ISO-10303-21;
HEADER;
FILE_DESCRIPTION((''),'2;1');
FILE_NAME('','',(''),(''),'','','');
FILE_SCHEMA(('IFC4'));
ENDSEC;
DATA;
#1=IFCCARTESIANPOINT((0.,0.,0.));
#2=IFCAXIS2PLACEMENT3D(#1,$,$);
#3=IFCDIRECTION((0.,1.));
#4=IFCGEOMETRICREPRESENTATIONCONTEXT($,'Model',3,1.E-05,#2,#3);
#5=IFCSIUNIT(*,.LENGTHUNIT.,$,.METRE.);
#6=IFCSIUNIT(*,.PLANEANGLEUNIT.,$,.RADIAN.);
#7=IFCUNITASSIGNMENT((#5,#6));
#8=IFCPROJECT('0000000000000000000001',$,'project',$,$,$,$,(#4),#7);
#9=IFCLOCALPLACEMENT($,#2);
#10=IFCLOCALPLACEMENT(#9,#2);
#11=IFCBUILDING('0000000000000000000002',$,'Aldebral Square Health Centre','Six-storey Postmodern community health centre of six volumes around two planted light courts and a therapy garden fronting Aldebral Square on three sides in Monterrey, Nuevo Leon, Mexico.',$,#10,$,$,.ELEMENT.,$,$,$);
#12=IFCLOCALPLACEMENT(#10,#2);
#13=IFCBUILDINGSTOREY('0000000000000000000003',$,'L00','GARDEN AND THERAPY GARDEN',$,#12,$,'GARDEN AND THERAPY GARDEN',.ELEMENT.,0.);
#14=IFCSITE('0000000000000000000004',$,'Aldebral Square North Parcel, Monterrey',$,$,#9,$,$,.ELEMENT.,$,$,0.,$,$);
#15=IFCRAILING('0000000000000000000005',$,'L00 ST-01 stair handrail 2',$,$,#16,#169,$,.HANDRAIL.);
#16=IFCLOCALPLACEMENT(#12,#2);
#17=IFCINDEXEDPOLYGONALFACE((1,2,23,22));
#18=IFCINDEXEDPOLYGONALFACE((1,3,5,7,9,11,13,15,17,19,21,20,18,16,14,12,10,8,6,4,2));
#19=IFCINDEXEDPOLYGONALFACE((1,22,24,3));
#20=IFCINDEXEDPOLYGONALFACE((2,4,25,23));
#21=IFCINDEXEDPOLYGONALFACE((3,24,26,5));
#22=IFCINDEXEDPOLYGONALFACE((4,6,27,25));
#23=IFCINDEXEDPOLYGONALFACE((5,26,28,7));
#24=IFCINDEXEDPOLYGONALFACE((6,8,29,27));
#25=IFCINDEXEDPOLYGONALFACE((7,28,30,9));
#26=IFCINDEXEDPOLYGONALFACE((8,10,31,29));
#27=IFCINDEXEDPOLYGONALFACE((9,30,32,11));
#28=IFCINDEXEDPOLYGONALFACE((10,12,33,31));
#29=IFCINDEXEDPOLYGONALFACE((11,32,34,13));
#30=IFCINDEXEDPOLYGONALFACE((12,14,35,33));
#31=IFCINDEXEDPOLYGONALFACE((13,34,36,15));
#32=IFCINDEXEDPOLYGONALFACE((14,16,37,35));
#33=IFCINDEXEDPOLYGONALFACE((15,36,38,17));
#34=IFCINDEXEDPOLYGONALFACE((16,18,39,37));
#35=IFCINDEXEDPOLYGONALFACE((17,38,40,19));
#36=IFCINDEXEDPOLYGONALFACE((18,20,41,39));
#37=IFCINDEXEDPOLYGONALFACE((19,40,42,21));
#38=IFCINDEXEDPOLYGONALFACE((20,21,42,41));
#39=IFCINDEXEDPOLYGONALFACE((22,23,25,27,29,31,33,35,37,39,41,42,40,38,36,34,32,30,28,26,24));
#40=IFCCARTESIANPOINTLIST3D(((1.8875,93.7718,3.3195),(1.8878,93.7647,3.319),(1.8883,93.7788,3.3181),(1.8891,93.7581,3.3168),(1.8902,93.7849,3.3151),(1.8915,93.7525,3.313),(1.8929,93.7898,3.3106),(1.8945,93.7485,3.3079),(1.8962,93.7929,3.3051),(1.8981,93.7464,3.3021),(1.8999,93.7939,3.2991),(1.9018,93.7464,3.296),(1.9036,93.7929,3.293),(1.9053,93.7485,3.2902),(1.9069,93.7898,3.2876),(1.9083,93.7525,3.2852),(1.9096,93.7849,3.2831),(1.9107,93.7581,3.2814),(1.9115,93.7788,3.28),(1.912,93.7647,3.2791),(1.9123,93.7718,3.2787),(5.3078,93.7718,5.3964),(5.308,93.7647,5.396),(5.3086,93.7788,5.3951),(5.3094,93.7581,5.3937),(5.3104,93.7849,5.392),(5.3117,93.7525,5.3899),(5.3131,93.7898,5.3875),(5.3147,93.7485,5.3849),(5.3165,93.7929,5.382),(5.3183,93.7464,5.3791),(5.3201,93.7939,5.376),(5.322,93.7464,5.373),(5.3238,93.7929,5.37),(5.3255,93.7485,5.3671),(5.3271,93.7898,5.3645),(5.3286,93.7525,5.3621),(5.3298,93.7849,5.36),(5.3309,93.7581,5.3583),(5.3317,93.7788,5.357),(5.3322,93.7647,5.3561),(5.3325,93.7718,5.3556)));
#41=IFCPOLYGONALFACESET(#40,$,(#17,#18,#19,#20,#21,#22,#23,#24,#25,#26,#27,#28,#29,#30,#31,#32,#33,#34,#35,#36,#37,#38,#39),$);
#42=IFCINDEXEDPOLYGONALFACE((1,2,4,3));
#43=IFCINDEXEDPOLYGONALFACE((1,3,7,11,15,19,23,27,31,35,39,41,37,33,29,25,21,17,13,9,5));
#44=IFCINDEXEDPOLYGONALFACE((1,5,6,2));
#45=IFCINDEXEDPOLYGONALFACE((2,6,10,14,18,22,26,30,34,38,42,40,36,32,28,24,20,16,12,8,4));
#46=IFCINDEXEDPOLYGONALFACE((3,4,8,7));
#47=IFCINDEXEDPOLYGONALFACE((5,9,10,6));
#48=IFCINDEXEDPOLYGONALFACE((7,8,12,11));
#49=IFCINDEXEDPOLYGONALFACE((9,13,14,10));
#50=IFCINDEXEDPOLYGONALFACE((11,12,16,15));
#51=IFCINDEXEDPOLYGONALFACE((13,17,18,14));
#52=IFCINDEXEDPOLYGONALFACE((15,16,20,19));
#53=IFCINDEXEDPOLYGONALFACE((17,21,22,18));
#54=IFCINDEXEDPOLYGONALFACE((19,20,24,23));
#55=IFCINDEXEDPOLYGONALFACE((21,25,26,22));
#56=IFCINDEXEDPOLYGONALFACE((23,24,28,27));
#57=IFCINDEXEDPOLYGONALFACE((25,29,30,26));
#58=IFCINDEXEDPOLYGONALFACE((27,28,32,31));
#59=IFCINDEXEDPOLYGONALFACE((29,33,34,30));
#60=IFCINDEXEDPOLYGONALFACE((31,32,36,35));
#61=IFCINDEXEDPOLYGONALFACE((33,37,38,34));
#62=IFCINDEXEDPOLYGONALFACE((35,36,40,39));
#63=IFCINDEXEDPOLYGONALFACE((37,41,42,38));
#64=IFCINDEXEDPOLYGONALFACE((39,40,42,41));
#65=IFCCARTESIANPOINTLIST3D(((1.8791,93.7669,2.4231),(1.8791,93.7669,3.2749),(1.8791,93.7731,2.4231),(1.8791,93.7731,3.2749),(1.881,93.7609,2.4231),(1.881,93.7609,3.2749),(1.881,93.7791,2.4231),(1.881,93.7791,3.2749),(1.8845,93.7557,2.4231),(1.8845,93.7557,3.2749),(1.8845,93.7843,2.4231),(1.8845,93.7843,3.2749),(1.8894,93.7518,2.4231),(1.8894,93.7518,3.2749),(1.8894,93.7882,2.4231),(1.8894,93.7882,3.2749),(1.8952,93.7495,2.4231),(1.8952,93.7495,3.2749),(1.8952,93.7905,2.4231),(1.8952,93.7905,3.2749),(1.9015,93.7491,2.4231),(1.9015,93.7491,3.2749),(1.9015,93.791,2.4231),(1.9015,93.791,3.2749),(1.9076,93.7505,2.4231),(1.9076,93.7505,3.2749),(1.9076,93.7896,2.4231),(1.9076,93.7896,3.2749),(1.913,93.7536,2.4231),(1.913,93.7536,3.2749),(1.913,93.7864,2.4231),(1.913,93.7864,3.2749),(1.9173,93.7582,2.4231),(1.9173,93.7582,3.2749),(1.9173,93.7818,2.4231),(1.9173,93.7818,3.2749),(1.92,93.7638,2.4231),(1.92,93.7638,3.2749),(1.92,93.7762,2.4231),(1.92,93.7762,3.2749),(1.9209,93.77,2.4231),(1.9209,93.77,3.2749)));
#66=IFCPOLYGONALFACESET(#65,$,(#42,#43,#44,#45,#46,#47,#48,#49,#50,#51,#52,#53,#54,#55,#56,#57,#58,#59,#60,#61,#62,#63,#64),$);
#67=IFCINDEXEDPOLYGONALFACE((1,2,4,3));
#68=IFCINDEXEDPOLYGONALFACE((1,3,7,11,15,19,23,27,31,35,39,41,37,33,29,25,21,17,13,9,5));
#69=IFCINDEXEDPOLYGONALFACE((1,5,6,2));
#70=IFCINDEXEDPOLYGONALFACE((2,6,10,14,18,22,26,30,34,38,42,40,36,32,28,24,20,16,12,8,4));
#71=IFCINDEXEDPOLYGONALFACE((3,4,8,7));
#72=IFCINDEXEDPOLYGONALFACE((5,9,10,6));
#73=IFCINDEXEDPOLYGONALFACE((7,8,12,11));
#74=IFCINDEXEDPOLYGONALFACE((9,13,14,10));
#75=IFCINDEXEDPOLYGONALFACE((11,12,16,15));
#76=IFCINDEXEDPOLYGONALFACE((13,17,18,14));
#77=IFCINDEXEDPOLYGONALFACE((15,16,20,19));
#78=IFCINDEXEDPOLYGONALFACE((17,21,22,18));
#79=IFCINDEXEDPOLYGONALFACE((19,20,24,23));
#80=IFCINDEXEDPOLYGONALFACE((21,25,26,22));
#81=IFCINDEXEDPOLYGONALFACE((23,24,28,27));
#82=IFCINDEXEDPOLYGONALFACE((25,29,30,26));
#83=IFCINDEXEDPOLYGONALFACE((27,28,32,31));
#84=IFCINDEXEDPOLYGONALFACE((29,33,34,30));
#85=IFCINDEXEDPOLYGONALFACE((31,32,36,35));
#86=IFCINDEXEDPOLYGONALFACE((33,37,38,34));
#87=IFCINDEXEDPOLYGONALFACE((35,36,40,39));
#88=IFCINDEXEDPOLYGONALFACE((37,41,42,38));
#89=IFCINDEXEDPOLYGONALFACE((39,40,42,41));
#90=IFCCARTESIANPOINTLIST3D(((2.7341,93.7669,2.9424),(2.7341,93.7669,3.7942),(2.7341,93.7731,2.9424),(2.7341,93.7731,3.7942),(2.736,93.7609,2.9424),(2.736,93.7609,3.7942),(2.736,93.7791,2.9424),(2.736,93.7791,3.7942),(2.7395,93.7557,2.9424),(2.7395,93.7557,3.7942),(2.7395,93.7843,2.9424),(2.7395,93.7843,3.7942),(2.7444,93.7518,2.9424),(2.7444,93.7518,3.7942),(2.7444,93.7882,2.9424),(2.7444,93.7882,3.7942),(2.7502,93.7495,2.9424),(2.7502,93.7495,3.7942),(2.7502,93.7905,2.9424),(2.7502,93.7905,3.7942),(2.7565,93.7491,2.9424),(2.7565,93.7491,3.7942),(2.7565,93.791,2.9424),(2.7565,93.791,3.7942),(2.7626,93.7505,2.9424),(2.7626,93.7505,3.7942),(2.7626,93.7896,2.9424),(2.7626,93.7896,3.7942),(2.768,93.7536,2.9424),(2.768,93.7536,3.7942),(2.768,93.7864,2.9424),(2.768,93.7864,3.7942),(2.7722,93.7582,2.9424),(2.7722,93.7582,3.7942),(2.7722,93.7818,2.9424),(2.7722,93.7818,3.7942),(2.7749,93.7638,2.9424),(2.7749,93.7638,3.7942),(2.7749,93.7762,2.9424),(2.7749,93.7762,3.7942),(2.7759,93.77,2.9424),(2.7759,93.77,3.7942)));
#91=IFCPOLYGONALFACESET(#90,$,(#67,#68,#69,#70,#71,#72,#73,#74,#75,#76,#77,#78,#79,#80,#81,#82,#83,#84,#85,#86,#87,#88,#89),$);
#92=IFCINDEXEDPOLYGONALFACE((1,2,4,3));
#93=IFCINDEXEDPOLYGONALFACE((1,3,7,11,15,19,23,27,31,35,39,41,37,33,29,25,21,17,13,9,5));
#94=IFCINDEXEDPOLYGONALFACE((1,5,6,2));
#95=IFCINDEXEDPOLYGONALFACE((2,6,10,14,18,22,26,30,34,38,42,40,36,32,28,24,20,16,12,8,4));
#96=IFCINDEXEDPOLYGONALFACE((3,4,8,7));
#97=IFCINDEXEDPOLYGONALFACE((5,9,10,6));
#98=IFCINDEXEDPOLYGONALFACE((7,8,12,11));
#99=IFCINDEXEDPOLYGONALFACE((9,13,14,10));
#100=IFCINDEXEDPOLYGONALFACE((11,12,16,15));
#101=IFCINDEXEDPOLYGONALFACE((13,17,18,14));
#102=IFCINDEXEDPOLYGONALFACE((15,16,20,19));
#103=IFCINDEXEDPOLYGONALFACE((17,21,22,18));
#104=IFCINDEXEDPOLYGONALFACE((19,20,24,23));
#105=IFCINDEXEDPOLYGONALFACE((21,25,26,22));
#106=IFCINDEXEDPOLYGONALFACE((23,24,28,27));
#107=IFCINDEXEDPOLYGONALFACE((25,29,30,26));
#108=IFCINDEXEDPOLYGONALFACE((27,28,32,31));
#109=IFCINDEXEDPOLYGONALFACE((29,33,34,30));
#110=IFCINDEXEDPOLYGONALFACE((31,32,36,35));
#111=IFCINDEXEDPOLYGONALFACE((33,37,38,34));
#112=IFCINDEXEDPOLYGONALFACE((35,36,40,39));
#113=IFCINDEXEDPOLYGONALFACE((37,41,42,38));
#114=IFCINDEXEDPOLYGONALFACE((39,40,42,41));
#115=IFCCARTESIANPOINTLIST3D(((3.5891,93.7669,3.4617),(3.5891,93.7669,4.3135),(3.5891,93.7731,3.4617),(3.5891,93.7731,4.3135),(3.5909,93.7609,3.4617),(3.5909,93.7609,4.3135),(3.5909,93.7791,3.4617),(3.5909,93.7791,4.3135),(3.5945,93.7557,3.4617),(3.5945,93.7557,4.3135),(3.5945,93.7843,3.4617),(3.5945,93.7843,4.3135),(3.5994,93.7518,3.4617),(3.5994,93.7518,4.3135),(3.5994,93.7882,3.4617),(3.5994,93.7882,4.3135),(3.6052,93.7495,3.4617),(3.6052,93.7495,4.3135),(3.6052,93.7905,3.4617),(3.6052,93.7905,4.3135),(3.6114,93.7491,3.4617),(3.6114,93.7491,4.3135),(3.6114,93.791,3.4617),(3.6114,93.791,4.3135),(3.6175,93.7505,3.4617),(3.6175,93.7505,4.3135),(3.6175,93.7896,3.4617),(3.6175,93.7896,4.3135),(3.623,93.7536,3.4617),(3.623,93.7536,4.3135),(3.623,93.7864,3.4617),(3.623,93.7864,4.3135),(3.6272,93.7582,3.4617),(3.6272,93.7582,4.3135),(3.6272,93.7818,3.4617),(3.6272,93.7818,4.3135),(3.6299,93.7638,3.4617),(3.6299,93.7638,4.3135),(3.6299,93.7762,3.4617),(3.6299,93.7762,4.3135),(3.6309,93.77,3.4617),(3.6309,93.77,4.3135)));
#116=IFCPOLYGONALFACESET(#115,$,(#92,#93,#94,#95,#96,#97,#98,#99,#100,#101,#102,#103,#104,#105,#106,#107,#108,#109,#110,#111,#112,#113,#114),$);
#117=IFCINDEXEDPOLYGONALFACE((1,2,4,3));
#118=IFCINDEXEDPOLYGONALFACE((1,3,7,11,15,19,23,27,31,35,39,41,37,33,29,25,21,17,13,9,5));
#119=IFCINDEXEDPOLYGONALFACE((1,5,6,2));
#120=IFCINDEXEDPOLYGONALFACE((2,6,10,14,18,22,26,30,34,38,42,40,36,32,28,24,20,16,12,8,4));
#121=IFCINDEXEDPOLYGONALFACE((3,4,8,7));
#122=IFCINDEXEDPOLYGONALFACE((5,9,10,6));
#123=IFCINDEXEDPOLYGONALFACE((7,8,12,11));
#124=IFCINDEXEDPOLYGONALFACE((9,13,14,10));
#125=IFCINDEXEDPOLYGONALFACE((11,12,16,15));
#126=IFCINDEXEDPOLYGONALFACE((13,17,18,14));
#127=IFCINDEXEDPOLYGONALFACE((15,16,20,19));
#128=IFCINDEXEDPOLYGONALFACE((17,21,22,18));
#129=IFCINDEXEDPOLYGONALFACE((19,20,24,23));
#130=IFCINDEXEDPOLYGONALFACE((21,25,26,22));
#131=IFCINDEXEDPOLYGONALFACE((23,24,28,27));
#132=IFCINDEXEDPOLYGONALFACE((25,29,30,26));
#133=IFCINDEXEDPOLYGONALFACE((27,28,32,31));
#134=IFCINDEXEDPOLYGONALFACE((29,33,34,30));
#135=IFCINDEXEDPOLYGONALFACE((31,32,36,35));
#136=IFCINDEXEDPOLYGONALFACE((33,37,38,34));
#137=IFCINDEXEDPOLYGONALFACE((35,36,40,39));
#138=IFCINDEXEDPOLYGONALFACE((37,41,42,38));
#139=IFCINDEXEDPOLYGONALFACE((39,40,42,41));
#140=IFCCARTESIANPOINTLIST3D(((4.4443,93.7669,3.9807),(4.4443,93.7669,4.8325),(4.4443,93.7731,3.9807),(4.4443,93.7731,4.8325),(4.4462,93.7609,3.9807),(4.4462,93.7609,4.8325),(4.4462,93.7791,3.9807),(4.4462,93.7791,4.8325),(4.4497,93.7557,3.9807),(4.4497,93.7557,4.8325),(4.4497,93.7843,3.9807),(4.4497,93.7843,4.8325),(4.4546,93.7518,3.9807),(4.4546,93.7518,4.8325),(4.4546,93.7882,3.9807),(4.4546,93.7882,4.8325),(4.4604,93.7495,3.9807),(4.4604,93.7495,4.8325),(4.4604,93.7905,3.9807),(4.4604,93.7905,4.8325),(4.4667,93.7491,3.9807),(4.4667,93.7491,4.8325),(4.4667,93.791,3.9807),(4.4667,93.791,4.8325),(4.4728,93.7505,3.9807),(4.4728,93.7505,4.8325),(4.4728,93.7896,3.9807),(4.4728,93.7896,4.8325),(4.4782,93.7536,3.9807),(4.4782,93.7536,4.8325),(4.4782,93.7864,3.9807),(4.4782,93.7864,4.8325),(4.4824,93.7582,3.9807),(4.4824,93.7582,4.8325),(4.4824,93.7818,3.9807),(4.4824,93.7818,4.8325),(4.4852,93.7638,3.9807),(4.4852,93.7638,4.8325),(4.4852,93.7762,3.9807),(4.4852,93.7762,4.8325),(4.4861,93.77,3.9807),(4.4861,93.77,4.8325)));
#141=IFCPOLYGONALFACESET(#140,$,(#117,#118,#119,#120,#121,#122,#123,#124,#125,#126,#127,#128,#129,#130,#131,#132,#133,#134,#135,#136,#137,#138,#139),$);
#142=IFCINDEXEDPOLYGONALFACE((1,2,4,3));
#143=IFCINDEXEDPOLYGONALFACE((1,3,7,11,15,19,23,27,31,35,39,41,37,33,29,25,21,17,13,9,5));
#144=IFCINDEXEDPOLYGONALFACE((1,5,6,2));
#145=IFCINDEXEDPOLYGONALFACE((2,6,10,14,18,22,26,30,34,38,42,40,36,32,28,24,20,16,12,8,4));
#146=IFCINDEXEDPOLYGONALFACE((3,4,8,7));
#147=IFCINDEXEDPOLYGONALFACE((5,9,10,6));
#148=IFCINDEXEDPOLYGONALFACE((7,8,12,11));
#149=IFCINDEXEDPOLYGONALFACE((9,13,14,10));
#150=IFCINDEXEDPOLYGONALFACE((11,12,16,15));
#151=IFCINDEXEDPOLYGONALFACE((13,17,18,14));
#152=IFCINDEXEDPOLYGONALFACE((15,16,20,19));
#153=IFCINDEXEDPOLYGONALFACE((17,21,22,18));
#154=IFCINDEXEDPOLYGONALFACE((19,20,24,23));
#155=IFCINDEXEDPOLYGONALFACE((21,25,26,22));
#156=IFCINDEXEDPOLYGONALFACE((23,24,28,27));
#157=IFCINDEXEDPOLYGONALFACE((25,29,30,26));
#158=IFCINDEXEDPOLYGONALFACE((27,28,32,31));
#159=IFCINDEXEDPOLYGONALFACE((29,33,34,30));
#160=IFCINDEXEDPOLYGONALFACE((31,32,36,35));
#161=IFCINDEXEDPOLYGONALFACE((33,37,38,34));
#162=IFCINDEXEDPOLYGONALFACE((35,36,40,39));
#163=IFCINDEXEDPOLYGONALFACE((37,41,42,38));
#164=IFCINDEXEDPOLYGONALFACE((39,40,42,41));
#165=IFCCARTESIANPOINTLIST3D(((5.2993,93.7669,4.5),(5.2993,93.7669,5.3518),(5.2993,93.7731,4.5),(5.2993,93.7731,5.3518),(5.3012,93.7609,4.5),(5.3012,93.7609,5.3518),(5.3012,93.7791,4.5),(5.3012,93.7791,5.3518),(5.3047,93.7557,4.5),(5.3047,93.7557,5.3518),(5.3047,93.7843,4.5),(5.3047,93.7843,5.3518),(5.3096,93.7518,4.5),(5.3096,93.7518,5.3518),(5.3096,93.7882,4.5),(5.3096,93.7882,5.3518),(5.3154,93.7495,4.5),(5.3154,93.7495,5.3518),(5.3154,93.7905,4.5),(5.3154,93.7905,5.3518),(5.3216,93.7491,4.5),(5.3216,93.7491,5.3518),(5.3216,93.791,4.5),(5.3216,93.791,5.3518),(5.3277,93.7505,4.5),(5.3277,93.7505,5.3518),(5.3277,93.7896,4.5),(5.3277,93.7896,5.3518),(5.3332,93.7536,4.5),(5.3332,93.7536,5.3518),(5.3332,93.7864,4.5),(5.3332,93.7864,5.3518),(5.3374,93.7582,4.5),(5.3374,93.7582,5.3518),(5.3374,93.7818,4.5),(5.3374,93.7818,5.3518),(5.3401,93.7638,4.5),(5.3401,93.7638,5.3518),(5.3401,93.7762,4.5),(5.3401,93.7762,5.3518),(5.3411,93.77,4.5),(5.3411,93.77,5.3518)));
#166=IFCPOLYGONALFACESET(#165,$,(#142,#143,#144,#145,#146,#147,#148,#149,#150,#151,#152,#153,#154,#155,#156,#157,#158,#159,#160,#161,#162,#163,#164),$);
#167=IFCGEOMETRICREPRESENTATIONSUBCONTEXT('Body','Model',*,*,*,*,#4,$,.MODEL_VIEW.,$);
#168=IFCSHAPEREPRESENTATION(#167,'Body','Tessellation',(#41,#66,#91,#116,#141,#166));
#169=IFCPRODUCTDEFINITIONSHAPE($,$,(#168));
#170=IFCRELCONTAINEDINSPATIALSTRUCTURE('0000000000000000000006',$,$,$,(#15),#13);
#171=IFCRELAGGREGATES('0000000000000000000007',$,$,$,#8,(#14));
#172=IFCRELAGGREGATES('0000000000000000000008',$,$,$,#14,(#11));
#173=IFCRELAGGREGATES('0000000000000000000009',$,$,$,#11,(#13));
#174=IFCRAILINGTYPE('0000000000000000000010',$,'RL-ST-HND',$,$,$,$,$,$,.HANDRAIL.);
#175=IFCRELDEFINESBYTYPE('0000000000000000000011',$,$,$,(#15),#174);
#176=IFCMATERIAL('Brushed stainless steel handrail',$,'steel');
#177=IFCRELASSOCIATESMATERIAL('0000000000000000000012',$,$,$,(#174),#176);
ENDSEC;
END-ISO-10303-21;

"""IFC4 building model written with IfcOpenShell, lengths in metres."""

from ifc_helpers import new_model, si_unit, direction, frame, origin, origin_2d, place, context, subcontext, project, spatial, circle, extrude, material, type_object, element, save


model = new_model("IFC4")

# Units and contexts
model_context = context("Model", 3, precision=1e-05, world=origin(), true_north=direction((0.0, 1.0)))
body_context = subcontext(model_context, "Body", "Model", "MODEL_VIEW")
ifc_project = project(units=[si_unit("LENGTHUNIT", "METRE"), si_unit("PLANEANGLEUNIT", "RADIAN")], contexts=[model_context])

# Site, building, storey
site_placement = place(None, origin())
site = spatial("IfcSite", under=ifc_project, at=site_placement, Name="Aldebral Square North Parcel, Monterrey", CompositionType="ELEMENT", RefElevation=0.0)
building_placement = place(site_placement, origin())
building = spatial("IfcBuilding", under=site, at=building_placement, Name="Aldebral Square Health Centre", Description="Six-storey Postmodern community health centre of six volumes around two planted light courts and a therapy garden fronting Aldebral Square on three sides in Monterrey, Nuevo Leon, Mexico.", CompositionType="ELEMENT")
storey_placement = place(building_placement, origin())
storey = spatial("IfcBuildingStorey", under=building, at=storey_placement, Name="L00", Description="GARDEN AND THERAPY GARDEN", LongName="GARDEN AND THERAPY GARDEN", CompositionType="ELEMENT", Elevation=0.0)

# Railing
ifc_material_1 = material(Name="Brushed stainless steel handrail", Category="steel")
railing_type_1 = type_object("IfcRailingType", Name="RL-ST-HND", PredefinedType="HANDRAIL", material=ifc_material_1)
railing_1_placement = place(storey_placement, frame((1.8999, 93.77, 2.4231)))
element("IfcRailing", 1, at=railing_1_placement, inside=storey, type_object=railing_type_1, Name="L00 ST-01 stair handrail 2", PredefinedType="HANDRAIL", context=body_context, shape_type="SweptSolid", body=[
    extrude(circle(Radius=0.0239, at=origin_2d()), frame((0.0, 0.0, 0.876), z_axis=(0.854746, 0.0, 0.519047), x_axis=(0.0, 1.0, 0.0)), (0.0, 0.0, 1.0), 4.0015),
    extrude(circle(Radius=0.021, at=origin_2d()), origin(), (0.0, 0.0, 1.0), 0.8518),
    extrude(circle(Radius=0.021, at=origin_2d()), frame((0.855, 0.0, 0.5193)), (0.0, 0.0, 1.0), 0.8518),
    extrude(circle(Radius=0.021, at=origin_2d()), frame((1.71, 0.0, 1.0386)), (0.0, 0.0, 1.0), 0.8518),
    extrude(circle(Radius=0.021, at=origin_2d()), frame((2.5652, 0.0, 1.5576)), (0.0, 0.0, 1.0), 0.8518),
    extrude(circle(Radius=0.021, at=origin_2d()), frame((3.4202, 0.0, 2.0769)), (0.0, 0.0, 1.0), 0.8518),
])

save(model, "model.ifc")
